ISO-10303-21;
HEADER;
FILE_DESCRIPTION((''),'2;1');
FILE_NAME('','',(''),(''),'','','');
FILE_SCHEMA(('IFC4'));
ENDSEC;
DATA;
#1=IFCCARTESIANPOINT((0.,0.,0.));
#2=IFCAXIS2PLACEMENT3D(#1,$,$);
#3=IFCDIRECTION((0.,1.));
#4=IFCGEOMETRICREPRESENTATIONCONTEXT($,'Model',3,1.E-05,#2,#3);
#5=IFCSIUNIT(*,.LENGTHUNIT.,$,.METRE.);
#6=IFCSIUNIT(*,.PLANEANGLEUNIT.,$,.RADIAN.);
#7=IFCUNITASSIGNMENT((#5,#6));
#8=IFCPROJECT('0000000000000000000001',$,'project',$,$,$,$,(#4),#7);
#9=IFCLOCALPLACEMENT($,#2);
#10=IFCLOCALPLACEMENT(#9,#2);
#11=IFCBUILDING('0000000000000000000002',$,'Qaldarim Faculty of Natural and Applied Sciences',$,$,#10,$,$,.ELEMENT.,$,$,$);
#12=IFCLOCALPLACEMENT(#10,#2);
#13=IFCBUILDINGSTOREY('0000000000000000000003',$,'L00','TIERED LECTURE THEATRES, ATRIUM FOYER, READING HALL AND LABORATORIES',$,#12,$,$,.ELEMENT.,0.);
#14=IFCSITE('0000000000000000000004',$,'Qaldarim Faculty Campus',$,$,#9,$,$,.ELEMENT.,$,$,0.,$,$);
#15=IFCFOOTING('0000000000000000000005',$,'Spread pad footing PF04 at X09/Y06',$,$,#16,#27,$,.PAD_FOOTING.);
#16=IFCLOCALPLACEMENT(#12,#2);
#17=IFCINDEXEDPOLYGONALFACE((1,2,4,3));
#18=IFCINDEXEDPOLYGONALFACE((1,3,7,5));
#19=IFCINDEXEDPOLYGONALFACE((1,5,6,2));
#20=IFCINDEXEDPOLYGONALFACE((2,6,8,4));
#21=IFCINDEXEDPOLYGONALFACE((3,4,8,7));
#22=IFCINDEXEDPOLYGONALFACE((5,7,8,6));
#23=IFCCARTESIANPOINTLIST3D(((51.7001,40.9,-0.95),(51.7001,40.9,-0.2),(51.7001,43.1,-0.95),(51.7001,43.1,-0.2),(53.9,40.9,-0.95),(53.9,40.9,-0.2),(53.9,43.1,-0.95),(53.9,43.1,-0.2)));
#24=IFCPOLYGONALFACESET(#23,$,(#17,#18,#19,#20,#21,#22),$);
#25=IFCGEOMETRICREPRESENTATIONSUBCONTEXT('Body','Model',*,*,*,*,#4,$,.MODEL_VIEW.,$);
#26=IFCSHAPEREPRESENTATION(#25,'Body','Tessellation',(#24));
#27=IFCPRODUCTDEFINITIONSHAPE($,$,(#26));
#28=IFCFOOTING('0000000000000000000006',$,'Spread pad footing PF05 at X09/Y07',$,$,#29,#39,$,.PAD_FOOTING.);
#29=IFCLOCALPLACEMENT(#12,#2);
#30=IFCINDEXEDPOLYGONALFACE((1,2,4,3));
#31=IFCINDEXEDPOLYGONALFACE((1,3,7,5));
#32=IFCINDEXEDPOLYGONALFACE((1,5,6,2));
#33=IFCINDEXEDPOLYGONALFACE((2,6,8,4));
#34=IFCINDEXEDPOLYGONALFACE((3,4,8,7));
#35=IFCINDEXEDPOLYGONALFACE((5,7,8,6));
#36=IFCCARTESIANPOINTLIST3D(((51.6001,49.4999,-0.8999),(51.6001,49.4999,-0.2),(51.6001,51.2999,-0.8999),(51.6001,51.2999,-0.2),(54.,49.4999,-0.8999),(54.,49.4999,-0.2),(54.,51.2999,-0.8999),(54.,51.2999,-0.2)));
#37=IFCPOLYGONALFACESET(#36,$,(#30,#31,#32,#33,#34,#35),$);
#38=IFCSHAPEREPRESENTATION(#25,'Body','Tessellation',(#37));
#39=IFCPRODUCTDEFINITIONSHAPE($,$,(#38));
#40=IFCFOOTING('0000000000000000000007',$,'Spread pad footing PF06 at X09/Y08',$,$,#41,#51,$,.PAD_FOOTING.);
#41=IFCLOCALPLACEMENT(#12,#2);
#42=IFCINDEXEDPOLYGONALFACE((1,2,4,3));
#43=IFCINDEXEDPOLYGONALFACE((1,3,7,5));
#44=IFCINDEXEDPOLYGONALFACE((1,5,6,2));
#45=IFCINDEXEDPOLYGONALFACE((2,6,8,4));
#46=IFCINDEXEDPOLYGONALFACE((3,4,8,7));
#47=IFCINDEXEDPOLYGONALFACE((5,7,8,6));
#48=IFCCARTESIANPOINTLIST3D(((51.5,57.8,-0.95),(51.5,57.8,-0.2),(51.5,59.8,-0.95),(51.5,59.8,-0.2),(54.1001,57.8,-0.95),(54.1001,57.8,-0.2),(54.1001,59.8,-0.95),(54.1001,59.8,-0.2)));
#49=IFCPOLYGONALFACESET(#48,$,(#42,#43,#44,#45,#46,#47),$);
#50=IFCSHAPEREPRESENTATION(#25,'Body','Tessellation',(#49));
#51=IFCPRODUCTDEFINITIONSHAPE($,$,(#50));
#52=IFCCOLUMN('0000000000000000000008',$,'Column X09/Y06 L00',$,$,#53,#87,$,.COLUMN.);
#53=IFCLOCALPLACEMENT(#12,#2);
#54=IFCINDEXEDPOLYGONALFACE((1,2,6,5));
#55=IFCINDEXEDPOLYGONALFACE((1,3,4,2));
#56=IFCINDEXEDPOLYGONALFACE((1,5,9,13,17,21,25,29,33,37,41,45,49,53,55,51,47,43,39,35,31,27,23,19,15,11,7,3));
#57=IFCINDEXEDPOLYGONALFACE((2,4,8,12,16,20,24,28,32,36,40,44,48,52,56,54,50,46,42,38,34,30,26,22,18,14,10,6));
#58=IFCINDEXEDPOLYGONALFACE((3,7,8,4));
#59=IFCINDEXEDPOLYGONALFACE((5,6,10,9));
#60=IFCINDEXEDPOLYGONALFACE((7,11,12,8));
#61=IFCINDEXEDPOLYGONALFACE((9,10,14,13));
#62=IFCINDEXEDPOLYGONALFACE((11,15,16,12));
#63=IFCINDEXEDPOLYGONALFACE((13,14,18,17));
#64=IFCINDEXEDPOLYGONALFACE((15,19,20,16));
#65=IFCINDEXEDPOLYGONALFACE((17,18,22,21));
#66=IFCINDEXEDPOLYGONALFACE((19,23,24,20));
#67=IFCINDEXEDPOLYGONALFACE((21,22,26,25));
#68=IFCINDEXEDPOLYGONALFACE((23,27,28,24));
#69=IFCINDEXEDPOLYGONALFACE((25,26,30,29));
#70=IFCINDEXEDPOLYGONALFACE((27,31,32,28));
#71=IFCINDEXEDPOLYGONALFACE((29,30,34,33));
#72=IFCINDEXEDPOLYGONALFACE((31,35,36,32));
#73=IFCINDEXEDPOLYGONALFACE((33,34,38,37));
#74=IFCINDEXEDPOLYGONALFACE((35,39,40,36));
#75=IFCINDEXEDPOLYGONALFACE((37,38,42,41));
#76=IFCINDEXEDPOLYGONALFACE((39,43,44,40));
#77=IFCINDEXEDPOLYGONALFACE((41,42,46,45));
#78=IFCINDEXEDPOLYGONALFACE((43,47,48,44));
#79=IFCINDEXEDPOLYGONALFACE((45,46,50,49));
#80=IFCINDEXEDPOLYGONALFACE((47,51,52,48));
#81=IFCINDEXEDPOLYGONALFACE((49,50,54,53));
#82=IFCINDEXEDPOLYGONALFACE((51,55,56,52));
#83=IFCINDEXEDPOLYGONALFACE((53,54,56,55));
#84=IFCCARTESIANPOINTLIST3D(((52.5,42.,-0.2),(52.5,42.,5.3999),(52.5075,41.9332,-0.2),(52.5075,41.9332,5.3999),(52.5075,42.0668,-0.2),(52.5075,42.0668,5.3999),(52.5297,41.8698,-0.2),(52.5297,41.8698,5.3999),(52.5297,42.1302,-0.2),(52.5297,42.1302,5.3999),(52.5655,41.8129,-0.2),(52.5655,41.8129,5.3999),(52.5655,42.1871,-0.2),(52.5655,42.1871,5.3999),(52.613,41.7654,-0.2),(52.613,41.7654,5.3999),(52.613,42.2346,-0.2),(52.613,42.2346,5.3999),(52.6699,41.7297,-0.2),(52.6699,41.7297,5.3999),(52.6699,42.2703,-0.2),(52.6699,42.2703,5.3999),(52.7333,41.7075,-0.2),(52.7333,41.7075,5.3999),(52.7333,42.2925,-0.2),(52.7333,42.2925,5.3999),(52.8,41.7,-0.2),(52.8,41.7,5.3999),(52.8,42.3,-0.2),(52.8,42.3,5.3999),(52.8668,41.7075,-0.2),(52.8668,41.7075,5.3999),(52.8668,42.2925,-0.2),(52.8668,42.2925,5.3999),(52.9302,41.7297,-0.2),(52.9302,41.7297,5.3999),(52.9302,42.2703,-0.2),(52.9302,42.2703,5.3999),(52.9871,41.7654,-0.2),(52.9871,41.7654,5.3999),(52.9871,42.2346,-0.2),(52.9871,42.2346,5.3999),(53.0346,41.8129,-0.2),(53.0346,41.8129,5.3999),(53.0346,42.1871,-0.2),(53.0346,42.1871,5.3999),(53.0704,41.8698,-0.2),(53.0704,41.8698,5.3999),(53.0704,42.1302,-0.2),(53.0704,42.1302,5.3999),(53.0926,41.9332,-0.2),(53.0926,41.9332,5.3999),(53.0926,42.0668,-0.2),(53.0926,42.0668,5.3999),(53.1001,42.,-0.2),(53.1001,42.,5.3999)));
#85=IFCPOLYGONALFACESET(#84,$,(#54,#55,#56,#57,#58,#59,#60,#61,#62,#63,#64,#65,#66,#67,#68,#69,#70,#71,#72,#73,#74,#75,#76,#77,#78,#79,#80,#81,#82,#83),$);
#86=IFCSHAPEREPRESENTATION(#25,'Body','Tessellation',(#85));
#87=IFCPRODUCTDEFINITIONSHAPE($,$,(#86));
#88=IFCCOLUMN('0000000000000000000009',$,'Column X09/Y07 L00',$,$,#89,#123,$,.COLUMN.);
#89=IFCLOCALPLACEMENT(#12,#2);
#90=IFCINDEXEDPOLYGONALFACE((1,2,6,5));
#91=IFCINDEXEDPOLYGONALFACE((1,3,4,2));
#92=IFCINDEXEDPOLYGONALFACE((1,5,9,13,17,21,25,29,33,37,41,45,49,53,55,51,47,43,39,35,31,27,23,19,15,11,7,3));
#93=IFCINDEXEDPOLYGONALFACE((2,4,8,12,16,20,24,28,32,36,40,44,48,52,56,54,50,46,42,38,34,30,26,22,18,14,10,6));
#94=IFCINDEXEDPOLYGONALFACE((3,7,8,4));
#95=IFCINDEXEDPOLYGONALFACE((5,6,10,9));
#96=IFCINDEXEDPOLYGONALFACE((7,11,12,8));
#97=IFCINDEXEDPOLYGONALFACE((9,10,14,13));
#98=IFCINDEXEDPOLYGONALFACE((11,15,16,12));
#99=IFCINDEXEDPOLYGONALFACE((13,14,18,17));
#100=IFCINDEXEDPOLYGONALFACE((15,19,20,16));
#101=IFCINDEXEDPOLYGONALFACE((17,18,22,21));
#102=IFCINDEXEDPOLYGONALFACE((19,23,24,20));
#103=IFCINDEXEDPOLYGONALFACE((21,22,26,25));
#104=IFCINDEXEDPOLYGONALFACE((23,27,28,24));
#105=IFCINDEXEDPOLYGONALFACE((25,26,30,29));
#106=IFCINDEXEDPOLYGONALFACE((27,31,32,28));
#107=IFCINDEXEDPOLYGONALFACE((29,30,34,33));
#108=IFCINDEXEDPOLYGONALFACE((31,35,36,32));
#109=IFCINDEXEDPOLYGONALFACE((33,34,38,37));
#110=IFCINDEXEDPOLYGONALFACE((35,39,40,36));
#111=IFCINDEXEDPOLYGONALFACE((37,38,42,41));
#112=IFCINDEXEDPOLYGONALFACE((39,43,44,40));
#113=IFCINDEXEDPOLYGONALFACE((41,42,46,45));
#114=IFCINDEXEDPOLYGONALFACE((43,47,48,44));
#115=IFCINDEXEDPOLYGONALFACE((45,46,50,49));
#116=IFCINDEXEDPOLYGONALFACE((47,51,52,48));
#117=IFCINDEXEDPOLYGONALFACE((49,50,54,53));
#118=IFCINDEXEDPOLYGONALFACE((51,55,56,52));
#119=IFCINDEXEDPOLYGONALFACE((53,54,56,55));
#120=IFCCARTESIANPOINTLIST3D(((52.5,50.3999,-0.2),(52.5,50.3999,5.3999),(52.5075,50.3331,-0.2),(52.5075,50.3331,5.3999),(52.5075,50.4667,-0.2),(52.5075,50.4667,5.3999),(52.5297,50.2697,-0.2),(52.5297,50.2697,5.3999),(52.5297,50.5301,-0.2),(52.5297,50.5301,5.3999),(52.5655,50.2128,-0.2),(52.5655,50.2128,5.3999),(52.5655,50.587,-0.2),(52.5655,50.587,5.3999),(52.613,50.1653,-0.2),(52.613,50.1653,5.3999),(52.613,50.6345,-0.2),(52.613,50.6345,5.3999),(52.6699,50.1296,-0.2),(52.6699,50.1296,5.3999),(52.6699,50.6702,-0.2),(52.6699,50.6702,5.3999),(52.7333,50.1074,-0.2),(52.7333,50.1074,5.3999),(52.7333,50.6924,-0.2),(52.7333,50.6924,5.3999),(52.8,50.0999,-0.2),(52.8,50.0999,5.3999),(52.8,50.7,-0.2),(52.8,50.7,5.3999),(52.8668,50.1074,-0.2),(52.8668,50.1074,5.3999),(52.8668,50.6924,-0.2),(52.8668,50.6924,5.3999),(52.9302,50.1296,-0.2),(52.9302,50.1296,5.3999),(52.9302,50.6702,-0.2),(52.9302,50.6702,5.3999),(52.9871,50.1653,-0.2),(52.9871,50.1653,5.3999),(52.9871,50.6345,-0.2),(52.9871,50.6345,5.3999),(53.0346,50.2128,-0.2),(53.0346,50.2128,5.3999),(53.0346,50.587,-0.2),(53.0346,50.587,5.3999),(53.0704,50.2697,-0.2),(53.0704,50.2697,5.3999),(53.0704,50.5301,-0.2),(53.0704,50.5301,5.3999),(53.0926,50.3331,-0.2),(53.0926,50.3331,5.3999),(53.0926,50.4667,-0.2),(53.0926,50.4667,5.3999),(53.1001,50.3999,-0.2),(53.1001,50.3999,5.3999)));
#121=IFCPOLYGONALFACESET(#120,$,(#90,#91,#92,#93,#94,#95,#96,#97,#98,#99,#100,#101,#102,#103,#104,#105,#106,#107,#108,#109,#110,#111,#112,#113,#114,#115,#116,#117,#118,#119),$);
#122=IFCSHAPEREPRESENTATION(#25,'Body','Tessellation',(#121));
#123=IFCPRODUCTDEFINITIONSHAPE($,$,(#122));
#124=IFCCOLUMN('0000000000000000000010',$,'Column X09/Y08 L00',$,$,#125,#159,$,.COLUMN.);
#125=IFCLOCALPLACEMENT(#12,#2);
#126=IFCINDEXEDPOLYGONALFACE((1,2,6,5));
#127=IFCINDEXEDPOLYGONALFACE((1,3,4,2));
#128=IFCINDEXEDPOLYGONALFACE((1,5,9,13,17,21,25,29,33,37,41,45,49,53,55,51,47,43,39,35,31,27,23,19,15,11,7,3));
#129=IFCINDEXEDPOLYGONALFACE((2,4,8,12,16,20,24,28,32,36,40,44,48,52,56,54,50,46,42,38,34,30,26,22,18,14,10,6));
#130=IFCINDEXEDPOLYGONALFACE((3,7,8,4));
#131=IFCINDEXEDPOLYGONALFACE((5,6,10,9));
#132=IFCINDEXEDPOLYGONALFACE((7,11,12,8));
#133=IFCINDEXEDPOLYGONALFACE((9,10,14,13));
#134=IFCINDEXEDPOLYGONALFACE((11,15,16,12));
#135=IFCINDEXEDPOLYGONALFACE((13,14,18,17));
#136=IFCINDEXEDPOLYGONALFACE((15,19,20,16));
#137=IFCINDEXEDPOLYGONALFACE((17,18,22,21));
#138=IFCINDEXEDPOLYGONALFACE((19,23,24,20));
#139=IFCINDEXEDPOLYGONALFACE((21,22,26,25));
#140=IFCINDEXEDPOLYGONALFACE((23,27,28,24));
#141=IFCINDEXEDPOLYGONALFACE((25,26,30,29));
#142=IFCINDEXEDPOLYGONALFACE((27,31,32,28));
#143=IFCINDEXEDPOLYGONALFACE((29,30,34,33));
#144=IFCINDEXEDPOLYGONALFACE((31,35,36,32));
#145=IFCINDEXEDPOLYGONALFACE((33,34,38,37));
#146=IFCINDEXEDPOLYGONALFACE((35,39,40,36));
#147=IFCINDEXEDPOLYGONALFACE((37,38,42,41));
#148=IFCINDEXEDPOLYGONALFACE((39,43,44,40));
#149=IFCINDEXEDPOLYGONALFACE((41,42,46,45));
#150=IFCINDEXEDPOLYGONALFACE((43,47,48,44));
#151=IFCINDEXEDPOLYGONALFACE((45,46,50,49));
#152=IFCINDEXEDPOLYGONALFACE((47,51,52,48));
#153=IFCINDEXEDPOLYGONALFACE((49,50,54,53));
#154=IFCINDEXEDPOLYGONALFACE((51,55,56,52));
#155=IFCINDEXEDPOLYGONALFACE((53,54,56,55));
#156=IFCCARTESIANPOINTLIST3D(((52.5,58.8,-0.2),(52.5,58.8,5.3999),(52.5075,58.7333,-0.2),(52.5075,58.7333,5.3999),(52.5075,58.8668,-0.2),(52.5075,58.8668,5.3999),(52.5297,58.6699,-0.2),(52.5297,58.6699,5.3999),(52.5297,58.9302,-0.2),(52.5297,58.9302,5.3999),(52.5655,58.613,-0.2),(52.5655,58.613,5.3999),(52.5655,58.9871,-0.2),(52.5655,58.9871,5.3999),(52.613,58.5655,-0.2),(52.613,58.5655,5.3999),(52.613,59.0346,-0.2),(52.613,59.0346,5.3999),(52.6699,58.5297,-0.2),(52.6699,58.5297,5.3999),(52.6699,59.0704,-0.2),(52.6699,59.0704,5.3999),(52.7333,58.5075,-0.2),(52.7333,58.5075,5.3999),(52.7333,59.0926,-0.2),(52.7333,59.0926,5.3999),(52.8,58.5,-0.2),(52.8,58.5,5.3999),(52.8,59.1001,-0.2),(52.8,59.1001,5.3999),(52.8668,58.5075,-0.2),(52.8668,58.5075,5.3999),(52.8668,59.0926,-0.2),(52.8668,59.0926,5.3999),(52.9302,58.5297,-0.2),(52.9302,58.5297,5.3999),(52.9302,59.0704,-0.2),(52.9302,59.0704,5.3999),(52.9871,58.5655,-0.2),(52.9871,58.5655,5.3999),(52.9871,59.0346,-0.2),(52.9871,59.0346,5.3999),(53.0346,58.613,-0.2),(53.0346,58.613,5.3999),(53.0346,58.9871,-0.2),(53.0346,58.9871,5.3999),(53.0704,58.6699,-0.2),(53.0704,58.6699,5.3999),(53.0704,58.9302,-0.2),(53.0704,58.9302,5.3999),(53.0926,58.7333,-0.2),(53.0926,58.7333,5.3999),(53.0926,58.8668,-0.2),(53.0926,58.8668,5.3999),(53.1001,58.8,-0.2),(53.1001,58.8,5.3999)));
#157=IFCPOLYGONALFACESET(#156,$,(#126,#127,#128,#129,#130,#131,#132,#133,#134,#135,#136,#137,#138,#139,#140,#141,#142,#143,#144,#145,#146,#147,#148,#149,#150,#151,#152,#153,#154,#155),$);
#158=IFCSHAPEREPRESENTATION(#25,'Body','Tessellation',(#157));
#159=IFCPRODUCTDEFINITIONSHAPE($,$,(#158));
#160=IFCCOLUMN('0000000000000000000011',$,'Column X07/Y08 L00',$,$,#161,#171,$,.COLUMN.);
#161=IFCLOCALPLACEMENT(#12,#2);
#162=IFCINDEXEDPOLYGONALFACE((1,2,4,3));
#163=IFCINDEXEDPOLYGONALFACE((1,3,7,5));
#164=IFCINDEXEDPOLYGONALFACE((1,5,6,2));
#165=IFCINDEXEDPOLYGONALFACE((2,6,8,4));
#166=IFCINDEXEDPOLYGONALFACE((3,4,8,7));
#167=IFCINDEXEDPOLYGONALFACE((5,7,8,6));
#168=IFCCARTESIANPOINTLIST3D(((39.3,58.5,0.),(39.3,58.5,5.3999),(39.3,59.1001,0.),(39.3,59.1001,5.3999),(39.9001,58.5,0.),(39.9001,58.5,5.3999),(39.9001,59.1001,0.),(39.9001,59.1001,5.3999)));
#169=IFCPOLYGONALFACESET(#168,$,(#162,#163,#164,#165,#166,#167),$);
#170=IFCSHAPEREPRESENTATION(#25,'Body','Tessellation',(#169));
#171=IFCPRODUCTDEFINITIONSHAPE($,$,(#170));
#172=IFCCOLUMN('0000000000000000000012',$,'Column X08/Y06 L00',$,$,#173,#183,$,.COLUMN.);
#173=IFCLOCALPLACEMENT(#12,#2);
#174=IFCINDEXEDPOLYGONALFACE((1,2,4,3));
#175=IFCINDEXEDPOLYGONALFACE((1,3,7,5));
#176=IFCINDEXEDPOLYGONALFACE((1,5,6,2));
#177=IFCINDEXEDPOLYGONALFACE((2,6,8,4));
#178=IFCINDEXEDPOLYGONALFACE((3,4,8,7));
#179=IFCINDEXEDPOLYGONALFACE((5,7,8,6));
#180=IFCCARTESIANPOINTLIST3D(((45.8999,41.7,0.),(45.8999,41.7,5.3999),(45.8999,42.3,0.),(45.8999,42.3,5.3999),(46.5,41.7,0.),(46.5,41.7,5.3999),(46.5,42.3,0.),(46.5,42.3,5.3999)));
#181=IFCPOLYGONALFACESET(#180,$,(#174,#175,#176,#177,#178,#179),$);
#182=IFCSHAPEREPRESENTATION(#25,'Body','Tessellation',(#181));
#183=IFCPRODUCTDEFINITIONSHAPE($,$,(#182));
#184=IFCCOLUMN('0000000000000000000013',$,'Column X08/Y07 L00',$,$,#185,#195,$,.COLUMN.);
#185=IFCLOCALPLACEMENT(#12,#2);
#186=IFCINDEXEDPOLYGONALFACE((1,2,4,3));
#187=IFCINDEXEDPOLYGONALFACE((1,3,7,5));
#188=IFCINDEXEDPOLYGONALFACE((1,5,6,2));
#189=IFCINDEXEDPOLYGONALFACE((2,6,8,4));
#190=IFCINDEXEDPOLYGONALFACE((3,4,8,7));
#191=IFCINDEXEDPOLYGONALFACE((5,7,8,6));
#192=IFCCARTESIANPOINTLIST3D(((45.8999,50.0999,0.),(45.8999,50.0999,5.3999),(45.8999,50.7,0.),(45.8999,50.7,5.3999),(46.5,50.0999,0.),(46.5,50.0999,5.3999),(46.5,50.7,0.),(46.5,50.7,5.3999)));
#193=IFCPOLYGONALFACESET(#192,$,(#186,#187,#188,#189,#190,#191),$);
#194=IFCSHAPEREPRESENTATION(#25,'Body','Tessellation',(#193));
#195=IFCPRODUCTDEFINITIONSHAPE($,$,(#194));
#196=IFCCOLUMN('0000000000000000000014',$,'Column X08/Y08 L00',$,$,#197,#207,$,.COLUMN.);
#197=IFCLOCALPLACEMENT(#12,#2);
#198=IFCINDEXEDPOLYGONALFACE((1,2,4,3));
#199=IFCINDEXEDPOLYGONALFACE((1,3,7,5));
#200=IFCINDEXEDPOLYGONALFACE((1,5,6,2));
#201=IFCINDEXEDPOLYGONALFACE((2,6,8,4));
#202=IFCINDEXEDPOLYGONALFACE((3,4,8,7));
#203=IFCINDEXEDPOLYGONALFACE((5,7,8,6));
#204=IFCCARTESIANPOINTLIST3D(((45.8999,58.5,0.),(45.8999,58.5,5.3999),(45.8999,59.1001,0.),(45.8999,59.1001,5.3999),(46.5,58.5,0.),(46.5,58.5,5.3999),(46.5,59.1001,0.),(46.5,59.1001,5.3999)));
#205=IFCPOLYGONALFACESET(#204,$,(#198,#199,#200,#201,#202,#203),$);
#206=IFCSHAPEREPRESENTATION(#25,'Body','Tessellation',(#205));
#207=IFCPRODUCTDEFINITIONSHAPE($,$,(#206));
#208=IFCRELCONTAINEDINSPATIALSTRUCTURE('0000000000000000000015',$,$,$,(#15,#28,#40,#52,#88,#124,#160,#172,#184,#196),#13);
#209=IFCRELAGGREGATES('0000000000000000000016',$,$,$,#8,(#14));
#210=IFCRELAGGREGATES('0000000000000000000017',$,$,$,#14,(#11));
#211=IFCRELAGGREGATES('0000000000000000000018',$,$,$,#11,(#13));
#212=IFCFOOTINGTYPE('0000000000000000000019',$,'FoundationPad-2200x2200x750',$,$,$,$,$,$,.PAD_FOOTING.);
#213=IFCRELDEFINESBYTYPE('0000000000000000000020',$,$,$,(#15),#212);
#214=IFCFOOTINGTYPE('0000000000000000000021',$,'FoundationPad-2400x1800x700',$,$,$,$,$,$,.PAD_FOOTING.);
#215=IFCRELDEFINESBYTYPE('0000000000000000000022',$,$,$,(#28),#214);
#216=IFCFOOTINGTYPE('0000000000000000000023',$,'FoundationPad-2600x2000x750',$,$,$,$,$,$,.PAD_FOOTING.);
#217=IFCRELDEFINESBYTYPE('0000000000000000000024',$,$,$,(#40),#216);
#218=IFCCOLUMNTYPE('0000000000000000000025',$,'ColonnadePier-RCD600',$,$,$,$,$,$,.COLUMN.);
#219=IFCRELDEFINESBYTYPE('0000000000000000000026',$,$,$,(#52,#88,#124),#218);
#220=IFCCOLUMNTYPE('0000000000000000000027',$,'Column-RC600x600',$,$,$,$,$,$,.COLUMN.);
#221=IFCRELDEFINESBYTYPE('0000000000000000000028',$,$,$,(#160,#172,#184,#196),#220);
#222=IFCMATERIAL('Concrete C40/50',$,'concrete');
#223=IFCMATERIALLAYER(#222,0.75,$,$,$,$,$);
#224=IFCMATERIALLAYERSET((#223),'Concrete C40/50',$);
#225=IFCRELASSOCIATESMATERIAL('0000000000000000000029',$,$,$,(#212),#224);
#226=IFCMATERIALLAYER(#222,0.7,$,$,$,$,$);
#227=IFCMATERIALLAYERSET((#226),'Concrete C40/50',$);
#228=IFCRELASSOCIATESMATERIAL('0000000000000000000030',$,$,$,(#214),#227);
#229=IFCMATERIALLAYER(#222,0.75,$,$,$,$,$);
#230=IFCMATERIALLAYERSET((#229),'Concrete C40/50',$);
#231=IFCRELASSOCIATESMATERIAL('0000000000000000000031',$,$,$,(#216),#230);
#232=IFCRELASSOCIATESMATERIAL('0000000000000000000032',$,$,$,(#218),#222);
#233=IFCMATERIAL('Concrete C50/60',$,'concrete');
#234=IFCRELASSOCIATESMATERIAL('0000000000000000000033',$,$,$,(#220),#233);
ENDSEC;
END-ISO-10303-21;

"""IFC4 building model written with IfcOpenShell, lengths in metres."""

from ifc_helpers import new_model, si_unit, direction, frame, origin, origin_2d, place, context, subcontext, project, spatial, rectangle, circle, extrude, material, layer, layer_set, material_profile, profile_set, type_object, element, save


model = new_model("IFC4")

# Units and contexts
model_context = context("Model", 3, precision=1e-05, world=origin(), true_north=direction((0.0, 1.0)))
body_context = subcontext(model_context, "Body", "Model", "MODEL_VIEW")
ifc_project = project(units=[si_unit("LENGTHUNIT", "METRE"), si_unit("PLANEANGLEUNIT", "RADIAN")], contexts=[model_context])

# Site, building, storey
site_placement = place(None, origin())
site = spatial("IfcSite", under=ifc_project, at=site_placement, Name="Qaldarim Faculty Campus", CompositionType="ELEMENT", RefElevation=0.0)
building_placement = place(site_placement, origin())
building = spatial("IfcBuilding", under=site, at=building_placement, Name="Qaldarim Faculty of Natural and Applied Sciences", CompositionType="ELEMENT")
storey_placement = place(building_placement, origin())
storey = spatial("IfcBuildingStorey", under=building, at=storey_placement, Name="L00", Description="TIERED LECTURE THEATRES, ATRIUM FOYER, READING HALL AND LABORATORIES", CompositionType="ELEMENT", Elevation=0.0)

# Footings
ifc_material_1 = material(Name="Concrete C40/50", Category="concrete")
ifc_layer_1 = layer(ifc_material_1, 0.75)
ifc_layer_set_1 = layer_set([ifc_layer_1], Name="Concrete C40/50")
footing_type_1 = type_object("IfcFootingType", Name="FoundationPad-2200x2200x750", PredefinedType="PAD_FOOTING", material=ifc_layer_set_1)
footing_1_placement = place(storey_placement, frame((52.8, 42.0, -0.95), z_axis=(0.0, 0.0, 1.0), x_axis=(1.0, 0.0, 0.0)))
element("IfcFooting", 1, at=footing_1_placement, inside=storey, type_object=footing_type_1, Name="Spread pad footing PF04 at X09/Y06", PredefinedType="PAD_FOOTING", context=body_context, shape_type="SweptSolid", body=[
    extrude(rectangle(XDim=2.2, YDim=2.2, at=origin_2d()), origin(), (0.0, 0.0, 1.0), 0.75),
])
ifc_layer_2 = layer(ifc_material_1, 0.7)
ifc_layer_set_2 = layer_set([ifc_layer_2], Name="Concrete C40/50")
footing_type_2 = type_object("IfcFootingType", Name="FoundationPad-2400x1800x700", PredefinedType="PAD_FOOTING", material=ifc_layer_set_2)
footing_2_placement = place(storey_placement, frame((52.8, 50.3999, -0.8999), z_axis=(0.0, 0.0, 1.0), x_axis=(1.0, 0.0, 0.0)))
element("IfcFooting", 2, at=footing_2_placement, inside=storey, type_object=footing_type_2, Name="Spread pad footing PF05 at X09/Y07", PredefinedType="PAD_FOOTING", context=body_context, shape_type="SweptSolid", body=[
    extrude(rectangle(XDim=2.3999, YDim=1.8, at=origin_2d()), origin(), (0.0, 0.0, 1.0), 0.7),
])
ifc_layer_3 = layer(ifc_material_1, 0.75)
ifc_layer_set_3 = layer_set([ifc_layer_3], Name="Concrete C40/50")
footing_type_3 = type_object("IfcFootingType", Name="FoundationPad-2600x2000x750", PredefinedType="PAD_FOOTING", material=ifc_layer_set_3)
footing_3_placement = place(storey_placement, frame((52.8, 58.8, -0.95), z_axis=(0.0, 0.0, 1.0), x_axis=(1.0, 0.0, 0.0)))
element("IfcFooting", 3, at=footing_3_placement, inside=storey, type_object=footing_type_3, Name="Spread pad footing PF06 at X09/Y08", PredefinedType="PAD_FOOTING", context=body_context, shape_type="SweptSolid", body=[
    extrude(rectangle(XDim=2.6001, YDim=2.0, at=origin_2d()), origin(), (0.0, 0.0, 1.0), 0.75),
])

# Columns
ifc_material_profile_1 = material_profile(ifc_material_1, circle(Radius=0.3, at=origin_2d()), Name="RC-D600")
ifc_profile_set_1 = profile_set([ifc_material_profile_1], Name="Concrete C40/50")
column_type_1 = type_object("IfcColumnType", Name="ColonnadePier-RCD600", PredefinedType="COLUMN", material=ifc_profile_set_1)
for number, where, z_axis, x_axis, name in (
    (4, (52.8, 42.0, -0.2), (0.0, 0.0, 1.0), (1.0, 0.0, 0.0), "Column X09/Y06 L00"),
    (5, (52.8, 50.3999, -0.2), (0.0, 0.0, 1.0), (1.0, 0.0, 0.0), "Column X09/Y07 L00"),
    (6, (52.8, 58.8, -0.2), (0.0, 0.0, 1.0), (1.0, 0.0, 0.0), "Column X09/Y08 L00"),
):
    element("IfcColumn", number, at=place(storey_placement, frame(where, z_axis=z_axis, x_axis=x_axis)), inside=storey, type_object=column_type_1, Name=name, PredefinedType="COLUMN", context=body_context, shape_type="SweptSolid", body=[
        extrude(circle(Radius=0.3, at=origin_2d()), origin(), (0.0, 0.0, 1.0), 5.5999),
    ])
ifc_material_2 = material(Name="Concrete C50/60", Category="concrete")
ifc_material_profile_2 = material_profile(ifc_material_2, rectangle(XDim=0.6001, YDim=0.6001, at=origin_2d()), Name="RC-C600x600")
ifc_profile_set_2 = profile_set([ifc_material_profile_2], Name="Concrete C50/60")
column_type_2 = type_object("IfcColumnType", Name="Column-RC600x600", PredefinedType="COLUMN", material=ifc_profile_set_2)
for number, where, z_axis, x_axis, name in (
    (7, (39.6001, 58.8, 0.0), (0.0, 0.0, 1.0), (1.0, 0.0, 0.0), "Column X07/Y08 L00"),
    (8, (46.2, 42.0, 0.0), (0.0, 0.0, 1.0), (1.0, 0.0, 0.0), "Column X08/Y06 L00"),
    (9, (46.2, 50.3999, 0.0), (0.0, 0.0, 1.0), (1.0, 0.0, 0.0), "Column X08/Y07 L00"),
    (10, (46.2, 58.8, 0.0), (0.0, 0.0, 1.0), (1.0, 0.0, 0.0), "Column X08/Y08 L00"),
):
    element("IfcColumn", number, at=place(storey_placement, frame(where, z_axis=z_axis, x_axis=x_axis)), inside=storey, type_object=column_type_2, Name=name, PredefinedType="COLUMN", context=body_context, shape_type="SweptSolid", body=[
        extrude(rectangle(XDim=0.6001, YDim=0.6001, at=origin_2d()), origin(), (0.0, 0.0, 1.0), 5.3999),
    ])

save(model, "model.ifc")
